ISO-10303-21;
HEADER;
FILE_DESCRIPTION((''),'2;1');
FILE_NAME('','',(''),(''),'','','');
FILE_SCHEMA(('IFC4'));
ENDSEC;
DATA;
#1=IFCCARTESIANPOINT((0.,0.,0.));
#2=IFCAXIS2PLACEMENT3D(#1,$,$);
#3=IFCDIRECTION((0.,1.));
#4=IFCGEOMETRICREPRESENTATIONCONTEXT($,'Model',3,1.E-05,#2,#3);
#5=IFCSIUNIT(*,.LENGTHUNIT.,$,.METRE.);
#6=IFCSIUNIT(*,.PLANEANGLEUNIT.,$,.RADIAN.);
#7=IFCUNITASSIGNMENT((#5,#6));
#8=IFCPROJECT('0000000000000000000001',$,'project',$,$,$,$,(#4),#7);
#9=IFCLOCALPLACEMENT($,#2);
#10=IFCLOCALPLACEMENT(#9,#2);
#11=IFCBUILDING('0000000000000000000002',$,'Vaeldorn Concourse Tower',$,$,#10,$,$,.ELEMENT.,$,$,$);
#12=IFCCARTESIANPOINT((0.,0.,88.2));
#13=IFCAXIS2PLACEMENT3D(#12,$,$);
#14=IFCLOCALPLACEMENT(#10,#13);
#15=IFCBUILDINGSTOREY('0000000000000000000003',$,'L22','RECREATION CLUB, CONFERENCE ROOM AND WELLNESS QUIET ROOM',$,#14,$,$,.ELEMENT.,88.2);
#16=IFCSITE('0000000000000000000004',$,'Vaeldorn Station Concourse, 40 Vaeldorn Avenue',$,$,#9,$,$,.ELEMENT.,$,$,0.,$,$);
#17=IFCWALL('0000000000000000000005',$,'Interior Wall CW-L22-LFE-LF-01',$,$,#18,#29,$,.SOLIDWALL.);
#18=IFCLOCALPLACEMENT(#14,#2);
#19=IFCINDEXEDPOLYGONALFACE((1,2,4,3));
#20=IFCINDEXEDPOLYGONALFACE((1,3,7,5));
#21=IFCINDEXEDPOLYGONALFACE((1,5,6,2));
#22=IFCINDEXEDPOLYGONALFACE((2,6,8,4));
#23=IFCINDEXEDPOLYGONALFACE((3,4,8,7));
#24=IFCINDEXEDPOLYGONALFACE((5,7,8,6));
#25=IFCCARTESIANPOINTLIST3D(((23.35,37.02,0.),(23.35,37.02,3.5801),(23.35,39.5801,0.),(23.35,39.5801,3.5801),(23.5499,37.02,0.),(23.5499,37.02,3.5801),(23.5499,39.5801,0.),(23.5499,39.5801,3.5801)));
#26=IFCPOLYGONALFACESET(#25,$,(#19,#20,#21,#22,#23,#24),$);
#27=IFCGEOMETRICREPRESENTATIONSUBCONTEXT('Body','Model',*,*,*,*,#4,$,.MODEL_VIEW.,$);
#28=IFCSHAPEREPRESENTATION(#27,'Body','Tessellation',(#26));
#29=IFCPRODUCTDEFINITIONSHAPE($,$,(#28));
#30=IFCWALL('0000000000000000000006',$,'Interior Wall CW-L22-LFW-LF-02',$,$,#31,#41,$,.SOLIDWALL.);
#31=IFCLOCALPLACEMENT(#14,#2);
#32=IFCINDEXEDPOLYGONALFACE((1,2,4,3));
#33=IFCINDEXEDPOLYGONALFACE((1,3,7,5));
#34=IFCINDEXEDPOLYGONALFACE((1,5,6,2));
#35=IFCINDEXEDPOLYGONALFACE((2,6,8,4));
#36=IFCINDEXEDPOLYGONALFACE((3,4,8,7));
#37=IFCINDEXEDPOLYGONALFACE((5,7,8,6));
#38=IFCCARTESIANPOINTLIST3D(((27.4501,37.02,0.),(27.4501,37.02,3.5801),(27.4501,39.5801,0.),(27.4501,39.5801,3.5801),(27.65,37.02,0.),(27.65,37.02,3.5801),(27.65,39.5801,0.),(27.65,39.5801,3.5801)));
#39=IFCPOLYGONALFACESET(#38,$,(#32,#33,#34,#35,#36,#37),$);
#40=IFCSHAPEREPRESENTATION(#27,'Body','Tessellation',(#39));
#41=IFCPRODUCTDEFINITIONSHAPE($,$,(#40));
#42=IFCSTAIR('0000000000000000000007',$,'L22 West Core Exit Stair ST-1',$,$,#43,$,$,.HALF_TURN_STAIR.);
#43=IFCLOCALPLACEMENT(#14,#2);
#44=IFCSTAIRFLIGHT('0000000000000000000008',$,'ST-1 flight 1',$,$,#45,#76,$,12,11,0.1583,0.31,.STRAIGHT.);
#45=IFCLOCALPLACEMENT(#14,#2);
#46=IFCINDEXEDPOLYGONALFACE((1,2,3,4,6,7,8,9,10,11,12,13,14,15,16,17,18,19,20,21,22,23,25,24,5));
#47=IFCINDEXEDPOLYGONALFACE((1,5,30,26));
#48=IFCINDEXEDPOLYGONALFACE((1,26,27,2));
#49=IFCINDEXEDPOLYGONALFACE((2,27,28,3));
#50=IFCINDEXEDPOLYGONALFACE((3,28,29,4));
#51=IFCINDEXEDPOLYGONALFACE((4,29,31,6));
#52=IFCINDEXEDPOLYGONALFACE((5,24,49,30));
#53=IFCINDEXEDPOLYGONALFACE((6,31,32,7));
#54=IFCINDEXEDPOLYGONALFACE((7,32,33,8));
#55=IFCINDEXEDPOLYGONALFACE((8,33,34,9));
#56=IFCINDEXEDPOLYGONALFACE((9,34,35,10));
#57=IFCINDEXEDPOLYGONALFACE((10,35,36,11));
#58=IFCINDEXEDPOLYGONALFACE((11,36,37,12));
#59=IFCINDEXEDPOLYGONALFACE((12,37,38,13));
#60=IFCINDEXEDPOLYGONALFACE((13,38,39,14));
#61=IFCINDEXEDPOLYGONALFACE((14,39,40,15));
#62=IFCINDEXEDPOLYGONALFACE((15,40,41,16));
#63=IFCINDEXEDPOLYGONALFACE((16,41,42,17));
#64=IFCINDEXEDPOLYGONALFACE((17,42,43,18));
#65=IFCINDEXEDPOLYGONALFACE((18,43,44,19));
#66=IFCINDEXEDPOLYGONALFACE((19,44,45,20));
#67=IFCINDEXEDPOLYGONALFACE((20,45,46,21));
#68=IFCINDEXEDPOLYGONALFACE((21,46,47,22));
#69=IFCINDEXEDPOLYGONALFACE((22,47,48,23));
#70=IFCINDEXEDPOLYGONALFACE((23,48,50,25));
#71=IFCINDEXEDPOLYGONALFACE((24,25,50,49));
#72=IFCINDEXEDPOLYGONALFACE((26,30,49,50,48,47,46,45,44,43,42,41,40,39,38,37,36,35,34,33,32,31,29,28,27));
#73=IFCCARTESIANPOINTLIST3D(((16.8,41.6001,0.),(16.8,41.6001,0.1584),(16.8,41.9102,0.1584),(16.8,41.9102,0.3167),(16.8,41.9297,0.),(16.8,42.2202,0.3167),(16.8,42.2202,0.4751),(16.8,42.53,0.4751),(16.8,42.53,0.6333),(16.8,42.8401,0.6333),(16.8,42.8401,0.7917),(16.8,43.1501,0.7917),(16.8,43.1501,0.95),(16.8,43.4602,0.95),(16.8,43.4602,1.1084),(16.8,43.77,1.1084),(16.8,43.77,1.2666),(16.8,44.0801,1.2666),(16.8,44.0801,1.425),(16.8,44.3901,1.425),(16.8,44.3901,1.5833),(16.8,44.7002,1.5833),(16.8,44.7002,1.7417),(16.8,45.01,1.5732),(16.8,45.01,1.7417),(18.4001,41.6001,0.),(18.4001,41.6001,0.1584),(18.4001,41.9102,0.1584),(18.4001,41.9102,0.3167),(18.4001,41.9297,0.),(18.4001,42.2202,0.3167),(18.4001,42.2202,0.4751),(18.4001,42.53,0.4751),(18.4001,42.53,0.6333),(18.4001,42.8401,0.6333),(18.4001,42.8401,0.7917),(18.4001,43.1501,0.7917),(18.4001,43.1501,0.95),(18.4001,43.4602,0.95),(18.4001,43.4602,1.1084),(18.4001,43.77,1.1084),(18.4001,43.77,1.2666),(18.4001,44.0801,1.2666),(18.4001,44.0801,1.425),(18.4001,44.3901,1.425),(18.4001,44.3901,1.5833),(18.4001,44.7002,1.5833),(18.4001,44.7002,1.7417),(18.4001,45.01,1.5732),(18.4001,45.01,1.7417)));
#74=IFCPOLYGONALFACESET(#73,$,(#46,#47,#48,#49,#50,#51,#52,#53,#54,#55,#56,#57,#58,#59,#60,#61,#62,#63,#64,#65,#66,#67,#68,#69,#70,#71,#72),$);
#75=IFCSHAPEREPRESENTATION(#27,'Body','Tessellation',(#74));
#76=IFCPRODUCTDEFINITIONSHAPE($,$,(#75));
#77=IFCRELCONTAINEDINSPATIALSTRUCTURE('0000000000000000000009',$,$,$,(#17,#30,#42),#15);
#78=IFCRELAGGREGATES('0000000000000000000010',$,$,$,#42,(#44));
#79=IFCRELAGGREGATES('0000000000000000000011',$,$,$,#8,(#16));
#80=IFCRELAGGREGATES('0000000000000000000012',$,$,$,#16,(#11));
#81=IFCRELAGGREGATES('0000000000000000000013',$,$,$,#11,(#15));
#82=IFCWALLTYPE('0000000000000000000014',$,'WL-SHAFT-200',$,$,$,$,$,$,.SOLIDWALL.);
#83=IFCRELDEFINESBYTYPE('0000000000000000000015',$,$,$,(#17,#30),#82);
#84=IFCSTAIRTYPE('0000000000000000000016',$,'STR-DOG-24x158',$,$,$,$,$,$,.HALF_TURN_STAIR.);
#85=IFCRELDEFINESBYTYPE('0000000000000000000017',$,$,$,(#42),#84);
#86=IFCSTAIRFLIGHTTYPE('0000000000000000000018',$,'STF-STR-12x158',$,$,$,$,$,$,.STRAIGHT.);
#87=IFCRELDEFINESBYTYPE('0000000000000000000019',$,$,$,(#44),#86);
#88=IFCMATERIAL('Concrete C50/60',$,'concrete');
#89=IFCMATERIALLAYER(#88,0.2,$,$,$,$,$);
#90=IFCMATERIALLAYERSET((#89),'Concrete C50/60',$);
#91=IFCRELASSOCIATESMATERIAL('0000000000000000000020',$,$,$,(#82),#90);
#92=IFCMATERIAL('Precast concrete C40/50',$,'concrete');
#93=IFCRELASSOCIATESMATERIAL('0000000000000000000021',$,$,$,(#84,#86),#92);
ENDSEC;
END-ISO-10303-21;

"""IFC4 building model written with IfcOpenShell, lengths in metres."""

from ifc_helpers import new_model, si_unit, direction, frame, frame_2d, origin, place, context, subcontext, project, spatial, polyline, rectangle, outline, extrude, material, layer, layer_set, type_object, element, aggregate, save


model = new_model("IFC4")

# Units and contexts
model_context = context("Model", 3, precision=1e-05, world=origin(), true_north=direction((0.0, 1.0)))
body_context = subcontext(model_context, "Body", "Model", "MODEL_VIEW")
ifc_project = project(units=[si_unit("LENGTHUNIT", "METRE"), si_unit("PLANEANGLEUNIT", "RADIAN")], contexts=[model_context])

# Site, building, storey
site_placement = place(None, origin())
site = spatial("IfcSite", under=ifc_project, at=site_placement, Name="Vaeldorn Station Concourse, 40 Vaeldorn Avenue", CompositionType="ELEMENT", RefElevation=0.0)
building_placement = place(site_placement, origin())
building = spatial("IfcBuilding", under=site, at=building_placement, Name="Vaeldorn Concourse Tower", CompositionType="ELEMENT")
storey_placement = place(building_placement, frame((0.0, 0.0, 88.2)))
storey = spatial("IfcBuildingStorey", under=building, at=storey_placement, Name="L22", Description="RECREATION CLUB, CONFERENCE ROOM AND WELLNESS QUIET ROOM", CompositionType="ELEMENT", Elevation=88.2)

# Shared definitions
ifc_material_1 = material(Name="Concrete C50/60", Category="concrete")
ifc_layer_1 = layer(ifc_material_1, 0.2)
ifc_layer_set_1 = layer_set([ifc_layer_1], Name="Concrete C50/60")
wall_type_1 = type_object("IfcWallType", Name="WL-SHAFT-200", PredefinedType="SOLIDWALL", material=ifc_layer_set_1)

# Wall
wall_1_placement = place(storey_placement, frame((23.45, 37.02, 0.0), z_axis=(0.0, 0.0, 1.0), x_axis=(0.0, 1.0, 0.0)))
element("IfcWall", 1, at=wall_1_placement, inside=storey, type_object=wall_type_1, Name="Interior Wall CW-L22-LFE-LF-01", PredefinedType="SOLIDWALL", context=body_context, shape_type="SweptSolid", body=[
    extrude(rectangle(XDim=2.5601, YDim=0.2, at=frame_2d((1.28, 0.0))), origin(), (0.0, 0.0, 1.0), 3.5801),
])

# Wall
wall_2_placement = place(storey_placement, frame((27.55, 37.02, 0.0), z_axis=(0.0, 0.0, 1.0), x_axis=(0.0, 1.0, 0.0)))
element("IfcWall", 2, at=wall_2_placement, inside=storey, type_object=wall_type_1, Name="Interior Wall CW-L22-LFW-LF-02", PredefinedType="SOLIDWALL", context=body_context, shape_type="SweptSolid", body=[
    extrude(rectangle(XDim=2.5601, YDim=0.2, at=frame_2d((1.28, 0.0))), origin(), (0.0, 0.0, 1.0), 3.5801),
])

# Stair, stair flight
ifc_material_2 = material(Name="Precast concrete C40/50", Category="concrete")
stair_type = type_object("IfcStairType", Name="STR-DOG-24x158", PredefinedType="HALF_TURN_STAIR", material=ifc_material_2)
stair_placement = place(storey_placement, origin())
stair = element("IfcStair", 3, at=stair_placement, inside=storey, type_object=stair_type, Name="L22 West Core Exit Stair ST-1", PredefinedType="HALF_TURN_STAIR")
stair_flight_type = type_object("IfcStairFlightType", Name="STF-STR-12x158", PredefinedType="STRAIGHT", material=ifc_material_2)
stair_flight_placement = place(storey_placement, frame((17.6001, 41.6001, 0.0), z_axis=(0.0, 0.0, 1.0), x_axis=(0.0, 1.0, 0.0)))
stair_flight = element("IfcStairFlight", 4, at=stair_flight_placement, type_object=stair_flight_type, Name="ST-1 flight 1", NumberOfRisers=12, NumberOfTreads=11, PredefinedType="STRAIGHT", RiserHeight=0.1583, TreadLength=0.31, context=body_context, shape_type="SweptSolid", body=[
    extrude(outline(polyline([(0.0, 0.0), (0.0, 0.1584), (0.3101, 0.1584), (0.3101, 0.3167), (0.6201, 0.3167), (0.6201, 0.4751), (0.9299, 0.4751), (0.9299, 0.6333), (1.24, 0.6333), (1.24, 0.7917), (1.55, 0.7917), (1.55, 0.95), (1.8601, 0.95), (1.8601, 1.1084), (2.1699, 1.1084), (2.1699, 1.2666), (2.48, 1.2666), (2.48, 1.425), (2.79, 1.425), (2.79, 1.5833), (3.1001, 1.5833), (3.1001, 1.7417), (3.4099, 1.7417), (3.4099, 1.8999), (3.4099, 1.5732), (0.3296, 0.0), (0.0, 0.0)])), frame((0.0, 0.8, 0.0), z_axis=(0.0, -1.0, 0.0), x_axis=(1.0, 0.0, 0.0)), (0.0, 0.0, 1.0), 1.6001),
])
aggregate(stair, [stair_flight])

save(model, "model.ifc")
